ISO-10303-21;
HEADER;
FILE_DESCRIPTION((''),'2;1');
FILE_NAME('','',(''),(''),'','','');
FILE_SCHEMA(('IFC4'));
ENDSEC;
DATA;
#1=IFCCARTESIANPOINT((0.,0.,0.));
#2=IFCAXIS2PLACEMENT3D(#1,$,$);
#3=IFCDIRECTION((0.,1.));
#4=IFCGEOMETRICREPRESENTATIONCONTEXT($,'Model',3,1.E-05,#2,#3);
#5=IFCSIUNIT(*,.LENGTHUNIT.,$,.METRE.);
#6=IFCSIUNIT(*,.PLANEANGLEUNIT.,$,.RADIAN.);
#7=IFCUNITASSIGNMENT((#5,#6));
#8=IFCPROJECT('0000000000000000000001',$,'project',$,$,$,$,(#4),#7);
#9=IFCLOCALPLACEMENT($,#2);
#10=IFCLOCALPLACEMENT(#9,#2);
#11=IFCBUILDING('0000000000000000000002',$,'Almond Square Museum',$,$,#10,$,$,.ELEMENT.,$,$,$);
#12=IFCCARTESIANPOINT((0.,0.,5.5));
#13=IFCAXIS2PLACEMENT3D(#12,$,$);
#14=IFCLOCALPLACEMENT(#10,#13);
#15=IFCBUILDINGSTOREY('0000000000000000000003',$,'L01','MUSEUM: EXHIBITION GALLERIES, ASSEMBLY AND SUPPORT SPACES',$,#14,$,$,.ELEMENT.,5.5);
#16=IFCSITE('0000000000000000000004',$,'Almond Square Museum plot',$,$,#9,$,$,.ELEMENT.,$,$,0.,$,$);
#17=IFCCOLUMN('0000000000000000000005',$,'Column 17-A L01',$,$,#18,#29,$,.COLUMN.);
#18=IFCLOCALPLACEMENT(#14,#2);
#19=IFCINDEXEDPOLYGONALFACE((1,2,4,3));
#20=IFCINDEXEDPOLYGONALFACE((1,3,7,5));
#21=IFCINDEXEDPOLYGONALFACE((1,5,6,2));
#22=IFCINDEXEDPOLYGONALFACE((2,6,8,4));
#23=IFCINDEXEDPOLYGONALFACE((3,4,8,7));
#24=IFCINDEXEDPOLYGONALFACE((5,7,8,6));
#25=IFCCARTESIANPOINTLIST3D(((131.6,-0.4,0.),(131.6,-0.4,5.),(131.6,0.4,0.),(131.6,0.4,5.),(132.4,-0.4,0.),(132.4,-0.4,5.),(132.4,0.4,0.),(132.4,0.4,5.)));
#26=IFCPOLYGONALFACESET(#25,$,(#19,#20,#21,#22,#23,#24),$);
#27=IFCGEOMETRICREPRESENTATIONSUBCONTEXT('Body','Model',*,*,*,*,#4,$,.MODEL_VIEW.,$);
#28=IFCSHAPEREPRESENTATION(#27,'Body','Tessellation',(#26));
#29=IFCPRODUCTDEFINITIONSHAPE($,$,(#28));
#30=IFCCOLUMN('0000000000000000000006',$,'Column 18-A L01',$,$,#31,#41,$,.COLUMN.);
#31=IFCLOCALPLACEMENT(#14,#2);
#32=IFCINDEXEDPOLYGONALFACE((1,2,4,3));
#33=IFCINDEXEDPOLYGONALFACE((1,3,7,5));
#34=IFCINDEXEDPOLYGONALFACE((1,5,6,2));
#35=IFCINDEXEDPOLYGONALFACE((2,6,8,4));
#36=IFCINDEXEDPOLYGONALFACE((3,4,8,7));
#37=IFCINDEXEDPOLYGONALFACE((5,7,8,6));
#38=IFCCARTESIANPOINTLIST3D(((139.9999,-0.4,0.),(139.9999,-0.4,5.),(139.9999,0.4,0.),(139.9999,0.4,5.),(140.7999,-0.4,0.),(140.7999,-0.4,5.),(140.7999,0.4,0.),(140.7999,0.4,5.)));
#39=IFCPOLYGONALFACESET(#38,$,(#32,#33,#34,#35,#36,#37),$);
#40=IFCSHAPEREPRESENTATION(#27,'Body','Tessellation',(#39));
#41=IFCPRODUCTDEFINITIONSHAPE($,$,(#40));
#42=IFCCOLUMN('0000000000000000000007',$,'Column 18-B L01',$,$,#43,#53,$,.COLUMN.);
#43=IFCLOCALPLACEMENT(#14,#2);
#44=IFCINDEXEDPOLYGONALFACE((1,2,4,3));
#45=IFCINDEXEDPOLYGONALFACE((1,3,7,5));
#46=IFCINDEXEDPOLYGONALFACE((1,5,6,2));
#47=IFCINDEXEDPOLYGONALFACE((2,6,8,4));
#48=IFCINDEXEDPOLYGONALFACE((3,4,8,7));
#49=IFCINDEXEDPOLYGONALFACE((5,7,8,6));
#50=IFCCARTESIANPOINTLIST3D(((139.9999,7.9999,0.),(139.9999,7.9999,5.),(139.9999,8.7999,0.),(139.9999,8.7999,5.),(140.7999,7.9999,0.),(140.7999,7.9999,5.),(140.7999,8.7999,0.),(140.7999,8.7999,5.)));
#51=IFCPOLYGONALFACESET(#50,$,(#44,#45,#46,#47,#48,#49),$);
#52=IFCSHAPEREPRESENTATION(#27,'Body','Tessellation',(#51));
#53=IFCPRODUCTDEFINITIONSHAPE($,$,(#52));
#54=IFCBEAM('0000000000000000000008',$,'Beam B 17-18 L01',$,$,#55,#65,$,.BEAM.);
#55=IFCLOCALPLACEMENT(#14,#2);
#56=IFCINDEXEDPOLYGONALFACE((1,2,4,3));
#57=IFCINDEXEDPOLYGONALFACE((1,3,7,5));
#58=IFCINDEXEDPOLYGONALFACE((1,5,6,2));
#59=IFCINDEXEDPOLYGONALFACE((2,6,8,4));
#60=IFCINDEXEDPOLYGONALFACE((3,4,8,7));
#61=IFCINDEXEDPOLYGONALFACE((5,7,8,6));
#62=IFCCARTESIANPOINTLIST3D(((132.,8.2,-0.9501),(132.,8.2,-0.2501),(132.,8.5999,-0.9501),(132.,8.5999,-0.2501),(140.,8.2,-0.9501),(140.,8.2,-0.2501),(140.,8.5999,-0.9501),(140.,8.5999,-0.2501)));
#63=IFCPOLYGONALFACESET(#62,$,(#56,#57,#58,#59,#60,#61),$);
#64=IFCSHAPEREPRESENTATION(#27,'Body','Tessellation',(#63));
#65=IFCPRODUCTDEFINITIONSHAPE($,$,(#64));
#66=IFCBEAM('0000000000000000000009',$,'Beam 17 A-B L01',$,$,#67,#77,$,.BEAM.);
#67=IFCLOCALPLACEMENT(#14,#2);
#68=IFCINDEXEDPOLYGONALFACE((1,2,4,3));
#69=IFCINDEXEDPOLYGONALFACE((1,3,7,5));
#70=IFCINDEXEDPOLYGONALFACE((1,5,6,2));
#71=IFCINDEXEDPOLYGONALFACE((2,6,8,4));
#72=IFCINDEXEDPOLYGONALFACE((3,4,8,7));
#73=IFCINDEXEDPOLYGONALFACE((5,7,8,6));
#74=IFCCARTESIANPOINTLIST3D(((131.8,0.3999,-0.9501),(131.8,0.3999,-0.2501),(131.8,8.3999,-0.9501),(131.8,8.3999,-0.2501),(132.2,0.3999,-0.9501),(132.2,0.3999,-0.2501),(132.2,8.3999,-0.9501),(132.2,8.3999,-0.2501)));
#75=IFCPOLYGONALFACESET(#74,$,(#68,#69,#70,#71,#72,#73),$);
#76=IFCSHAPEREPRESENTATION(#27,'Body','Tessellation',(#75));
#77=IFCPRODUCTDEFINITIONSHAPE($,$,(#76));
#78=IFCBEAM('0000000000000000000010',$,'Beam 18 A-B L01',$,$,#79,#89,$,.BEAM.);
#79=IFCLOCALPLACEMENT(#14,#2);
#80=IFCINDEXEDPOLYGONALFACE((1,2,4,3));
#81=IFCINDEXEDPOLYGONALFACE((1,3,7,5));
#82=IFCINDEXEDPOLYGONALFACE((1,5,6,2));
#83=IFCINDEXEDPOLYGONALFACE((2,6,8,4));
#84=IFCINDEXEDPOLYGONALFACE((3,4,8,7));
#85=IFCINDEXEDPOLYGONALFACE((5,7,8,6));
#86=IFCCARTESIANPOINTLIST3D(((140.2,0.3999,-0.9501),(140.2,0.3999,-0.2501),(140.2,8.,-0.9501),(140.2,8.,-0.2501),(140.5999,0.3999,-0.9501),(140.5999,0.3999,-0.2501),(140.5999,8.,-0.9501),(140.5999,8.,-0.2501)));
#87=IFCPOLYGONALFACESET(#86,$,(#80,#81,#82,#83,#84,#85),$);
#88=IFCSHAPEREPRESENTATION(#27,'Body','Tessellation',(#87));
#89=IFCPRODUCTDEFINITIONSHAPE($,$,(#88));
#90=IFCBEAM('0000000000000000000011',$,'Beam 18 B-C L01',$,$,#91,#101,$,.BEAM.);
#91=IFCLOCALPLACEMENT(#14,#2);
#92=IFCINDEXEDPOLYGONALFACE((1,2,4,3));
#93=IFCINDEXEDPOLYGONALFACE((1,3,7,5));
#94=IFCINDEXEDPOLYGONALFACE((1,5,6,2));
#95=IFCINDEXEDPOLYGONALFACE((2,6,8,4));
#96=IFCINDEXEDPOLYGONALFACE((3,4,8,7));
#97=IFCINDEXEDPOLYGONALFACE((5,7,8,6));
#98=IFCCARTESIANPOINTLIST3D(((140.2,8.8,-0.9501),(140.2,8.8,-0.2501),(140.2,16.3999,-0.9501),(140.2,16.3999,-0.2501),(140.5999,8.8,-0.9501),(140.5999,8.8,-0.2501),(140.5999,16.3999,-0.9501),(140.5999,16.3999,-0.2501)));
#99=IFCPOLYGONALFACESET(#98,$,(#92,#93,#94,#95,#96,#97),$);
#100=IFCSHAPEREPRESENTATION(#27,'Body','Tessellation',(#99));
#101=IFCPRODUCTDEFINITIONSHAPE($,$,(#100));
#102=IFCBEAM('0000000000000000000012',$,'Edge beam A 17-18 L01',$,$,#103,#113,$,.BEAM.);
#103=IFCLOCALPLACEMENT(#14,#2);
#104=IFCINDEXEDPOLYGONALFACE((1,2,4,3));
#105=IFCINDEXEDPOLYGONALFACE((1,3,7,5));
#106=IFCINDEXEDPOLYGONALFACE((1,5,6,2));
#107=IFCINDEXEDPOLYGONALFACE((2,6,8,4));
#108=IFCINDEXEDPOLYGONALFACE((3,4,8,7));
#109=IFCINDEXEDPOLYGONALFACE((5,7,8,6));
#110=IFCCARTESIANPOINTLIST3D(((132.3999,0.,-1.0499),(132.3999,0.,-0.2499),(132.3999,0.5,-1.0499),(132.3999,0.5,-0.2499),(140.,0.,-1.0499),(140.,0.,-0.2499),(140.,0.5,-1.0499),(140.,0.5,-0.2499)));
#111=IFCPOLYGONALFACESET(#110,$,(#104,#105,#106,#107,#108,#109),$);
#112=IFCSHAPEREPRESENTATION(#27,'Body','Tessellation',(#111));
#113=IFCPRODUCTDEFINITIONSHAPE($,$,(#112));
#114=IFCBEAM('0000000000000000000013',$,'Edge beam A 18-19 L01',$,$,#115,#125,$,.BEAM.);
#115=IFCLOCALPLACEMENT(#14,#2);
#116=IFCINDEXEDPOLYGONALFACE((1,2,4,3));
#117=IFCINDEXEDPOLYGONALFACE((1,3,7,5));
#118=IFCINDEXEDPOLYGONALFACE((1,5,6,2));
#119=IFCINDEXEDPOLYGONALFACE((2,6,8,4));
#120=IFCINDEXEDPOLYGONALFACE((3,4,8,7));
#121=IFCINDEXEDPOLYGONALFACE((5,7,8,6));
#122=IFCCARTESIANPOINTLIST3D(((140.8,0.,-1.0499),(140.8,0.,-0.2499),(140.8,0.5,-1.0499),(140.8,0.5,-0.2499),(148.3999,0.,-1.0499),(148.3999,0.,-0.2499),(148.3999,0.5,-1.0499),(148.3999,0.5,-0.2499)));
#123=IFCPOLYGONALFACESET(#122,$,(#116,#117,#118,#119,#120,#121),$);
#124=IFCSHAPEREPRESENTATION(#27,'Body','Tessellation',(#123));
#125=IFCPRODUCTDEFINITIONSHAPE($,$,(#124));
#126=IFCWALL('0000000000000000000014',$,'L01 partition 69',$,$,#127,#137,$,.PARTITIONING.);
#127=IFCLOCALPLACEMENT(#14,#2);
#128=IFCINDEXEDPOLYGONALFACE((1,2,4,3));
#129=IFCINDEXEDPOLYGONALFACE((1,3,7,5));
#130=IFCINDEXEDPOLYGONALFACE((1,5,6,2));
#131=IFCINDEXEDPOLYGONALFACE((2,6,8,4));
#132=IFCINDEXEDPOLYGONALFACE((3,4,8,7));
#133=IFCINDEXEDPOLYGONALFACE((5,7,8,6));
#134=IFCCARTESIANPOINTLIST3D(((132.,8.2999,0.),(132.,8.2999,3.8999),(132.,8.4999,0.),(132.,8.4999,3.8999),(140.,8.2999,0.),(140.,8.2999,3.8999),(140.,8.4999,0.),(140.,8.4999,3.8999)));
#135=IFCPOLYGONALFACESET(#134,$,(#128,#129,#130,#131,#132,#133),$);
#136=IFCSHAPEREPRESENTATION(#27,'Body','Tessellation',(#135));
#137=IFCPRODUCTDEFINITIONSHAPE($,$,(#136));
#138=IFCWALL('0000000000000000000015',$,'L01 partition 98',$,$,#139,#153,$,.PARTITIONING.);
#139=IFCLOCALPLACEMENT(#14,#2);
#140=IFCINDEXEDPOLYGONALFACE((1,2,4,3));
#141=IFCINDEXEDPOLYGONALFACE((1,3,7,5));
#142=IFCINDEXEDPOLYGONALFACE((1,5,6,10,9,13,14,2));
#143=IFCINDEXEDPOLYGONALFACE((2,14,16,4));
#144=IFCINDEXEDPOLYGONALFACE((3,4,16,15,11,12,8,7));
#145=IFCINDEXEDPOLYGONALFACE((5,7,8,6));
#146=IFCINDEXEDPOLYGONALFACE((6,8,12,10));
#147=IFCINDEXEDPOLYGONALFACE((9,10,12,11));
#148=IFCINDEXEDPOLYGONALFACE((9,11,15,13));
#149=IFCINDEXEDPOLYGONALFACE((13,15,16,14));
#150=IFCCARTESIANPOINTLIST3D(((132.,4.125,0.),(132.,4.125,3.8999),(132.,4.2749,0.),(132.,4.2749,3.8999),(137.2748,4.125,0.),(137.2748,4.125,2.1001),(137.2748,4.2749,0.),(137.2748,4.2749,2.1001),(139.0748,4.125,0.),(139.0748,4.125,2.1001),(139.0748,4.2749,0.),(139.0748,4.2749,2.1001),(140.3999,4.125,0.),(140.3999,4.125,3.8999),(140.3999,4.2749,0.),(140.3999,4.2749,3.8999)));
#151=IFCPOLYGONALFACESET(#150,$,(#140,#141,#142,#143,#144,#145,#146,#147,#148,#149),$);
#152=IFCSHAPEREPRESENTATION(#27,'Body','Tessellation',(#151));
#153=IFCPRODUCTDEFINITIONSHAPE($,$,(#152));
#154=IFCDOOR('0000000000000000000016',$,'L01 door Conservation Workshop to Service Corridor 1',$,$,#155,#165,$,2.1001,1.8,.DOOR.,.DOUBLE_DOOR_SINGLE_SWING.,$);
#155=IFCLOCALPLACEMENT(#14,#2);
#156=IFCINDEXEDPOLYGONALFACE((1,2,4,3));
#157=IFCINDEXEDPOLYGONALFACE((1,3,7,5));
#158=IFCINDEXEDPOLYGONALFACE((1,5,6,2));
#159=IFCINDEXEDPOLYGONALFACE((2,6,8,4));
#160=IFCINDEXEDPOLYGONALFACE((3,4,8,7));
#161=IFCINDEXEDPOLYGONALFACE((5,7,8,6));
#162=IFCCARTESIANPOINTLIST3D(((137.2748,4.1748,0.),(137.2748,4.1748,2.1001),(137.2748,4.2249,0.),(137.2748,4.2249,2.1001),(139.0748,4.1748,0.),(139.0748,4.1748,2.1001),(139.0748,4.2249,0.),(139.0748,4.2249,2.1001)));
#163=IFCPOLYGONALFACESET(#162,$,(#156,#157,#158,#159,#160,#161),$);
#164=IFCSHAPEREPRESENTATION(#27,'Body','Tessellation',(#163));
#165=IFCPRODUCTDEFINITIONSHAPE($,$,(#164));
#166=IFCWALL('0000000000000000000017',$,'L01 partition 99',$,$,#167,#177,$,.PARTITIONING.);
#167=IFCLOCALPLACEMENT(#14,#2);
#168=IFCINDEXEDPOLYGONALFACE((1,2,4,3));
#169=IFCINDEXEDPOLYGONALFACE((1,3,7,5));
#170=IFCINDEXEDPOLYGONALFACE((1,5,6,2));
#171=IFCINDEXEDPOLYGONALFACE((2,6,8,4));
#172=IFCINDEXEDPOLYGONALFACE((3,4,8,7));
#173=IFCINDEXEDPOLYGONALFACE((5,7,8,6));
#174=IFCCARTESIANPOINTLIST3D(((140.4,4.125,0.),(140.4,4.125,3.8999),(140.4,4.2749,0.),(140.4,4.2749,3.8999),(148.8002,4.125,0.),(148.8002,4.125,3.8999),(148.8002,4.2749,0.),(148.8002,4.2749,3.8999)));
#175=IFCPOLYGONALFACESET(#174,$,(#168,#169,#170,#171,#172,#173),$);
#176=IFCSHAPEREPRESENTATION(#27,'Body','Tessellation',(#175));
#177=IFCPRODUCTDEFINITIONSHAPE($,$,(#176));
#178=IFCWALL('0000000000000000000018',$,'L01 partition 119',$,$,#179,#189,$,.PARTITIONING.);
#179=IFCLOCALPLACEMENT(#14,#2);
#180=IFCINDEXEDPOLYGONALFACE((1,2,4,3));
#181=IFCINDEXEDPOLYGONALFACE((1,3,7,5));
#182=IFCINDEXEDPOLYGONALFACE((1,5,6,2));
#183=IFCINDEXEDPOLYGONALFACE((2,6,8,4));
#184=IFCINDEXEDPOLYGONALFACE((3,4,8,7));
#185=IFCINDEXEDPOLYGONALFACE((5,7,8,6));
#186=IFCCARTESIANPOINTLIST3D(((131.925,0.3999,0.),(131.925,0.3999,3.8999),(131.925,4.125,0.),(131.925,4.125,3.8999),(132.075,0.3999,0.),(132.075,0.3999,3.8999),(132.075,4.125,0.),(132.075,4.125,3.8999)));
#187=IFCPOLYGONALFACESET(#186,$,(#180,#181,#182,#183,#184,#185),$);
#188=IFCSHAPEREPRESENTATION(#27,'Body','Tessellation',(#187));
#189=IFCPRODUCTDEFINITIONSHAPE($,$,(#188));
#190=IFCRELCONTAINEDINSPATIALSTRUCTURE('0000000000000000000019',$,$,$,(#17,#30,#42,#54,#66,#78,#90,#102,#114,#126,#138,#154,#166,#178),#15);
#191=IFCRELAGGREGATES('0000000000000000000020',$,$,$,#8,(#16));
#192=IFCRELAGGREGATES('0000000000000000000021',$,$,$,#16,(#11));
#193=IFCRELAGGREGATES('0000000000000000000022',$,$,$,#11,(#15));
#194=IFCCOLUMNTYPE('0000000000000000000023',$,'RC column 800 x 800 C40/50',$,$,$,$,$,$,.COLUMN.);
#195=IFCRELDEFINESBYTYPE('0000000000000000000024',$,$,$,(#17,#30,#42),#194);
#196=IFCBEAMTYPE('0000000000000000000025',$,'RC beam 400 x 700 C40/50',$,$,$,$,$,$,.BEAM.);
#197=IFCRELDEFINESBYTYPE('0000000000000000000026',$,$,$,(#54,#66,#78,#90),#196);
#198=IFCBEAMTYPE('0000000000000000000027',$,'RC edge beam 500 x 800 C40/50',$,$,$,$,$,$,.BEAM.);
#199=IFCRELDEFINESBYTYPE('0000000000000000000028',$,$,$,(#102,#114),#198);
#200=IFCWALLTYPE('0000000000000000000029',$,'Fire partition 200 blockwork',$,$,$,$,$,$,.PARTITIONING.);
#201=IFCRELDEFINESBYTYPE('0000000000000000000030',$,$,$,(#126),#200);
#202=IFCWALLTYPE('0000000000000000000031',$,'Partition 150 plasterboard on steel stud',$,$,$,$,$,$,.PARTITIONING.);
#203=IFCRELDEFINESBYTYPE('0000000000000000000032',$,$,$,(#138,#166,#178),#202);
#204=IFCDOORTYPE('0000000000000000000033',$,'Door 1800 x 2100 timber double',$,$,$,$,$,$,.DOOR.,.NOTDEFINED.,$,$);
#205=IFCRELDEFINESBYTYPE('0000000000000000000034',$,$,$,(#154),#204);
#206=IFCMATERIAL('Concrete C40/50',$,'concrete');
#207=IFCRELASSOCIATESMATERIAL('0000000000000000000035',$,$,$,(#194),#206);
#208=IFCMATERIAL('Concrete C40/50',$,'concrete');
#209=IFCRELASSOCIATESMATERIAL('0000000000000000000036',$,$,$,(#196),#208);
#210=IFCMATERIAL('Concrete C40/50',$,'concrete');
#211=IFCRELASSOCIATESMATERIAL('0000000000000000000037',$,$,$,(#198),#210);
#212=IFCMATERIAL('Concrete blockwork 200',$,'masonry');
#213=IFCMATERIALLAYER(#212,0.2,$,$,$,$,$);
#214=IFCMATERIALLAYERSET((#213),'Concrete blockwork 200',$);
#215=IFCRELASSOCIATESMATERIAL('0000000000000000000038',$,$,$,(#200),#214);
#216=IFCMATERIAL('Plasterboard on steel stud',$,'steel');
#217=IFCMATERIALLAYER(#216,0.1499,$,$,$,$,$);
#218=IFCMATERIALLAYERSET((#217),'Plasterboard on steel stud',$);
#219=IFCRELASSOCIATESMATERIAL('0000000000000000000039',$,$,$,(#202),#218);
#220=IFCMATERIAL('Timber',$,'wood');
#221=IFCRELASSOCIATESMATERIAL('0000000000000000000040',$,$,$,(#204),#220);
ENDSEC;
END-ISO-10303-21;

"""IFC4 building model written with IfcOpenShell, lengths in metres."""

from ifc_helpers import new_model, si_unit, direction, frame, frame_2d, origin, origin_2d, place, context, subcontext, project, spatial, rectangle, extrude, material, layer, layer_set, material_profile, profile_set, type_object, element, fill, save


model = new_model("IFC4")

# Units and contexts
model_context = context("Model", 3, precision=1e-05, world=origin(), true_north=direction((0.0, 1.0)))
body_context = subcontext(model_context, "Body", "Model", "MODEL_VIEW")
ifc_project = project(units=[si_unit("LENGTHUNIT", "METRE"), si_unit("PLANEANGLEUNIT", "RADIAN")], contexts=[model_context])

# Site, building, storey
site_placement = place(None, origin())
site = spatial("IfcSite", under=ifc_project, at=site_placement, Name="Almond Square Museum plot", CompositionType="ELEMENT", RefElevation=0.0)
building_placement = place(site_placement, origin())
building = spatial("IfcBuilding", under=site, at=building_placement, Name="Almond Square Museum", CompositionType="ELEMENT")
storey_placement = place(building_placement, frame((0.0, 0.0, 5.5)))
storey = spatial("IfcBuildingStorey", under=building, at=storey_placement, Name="L01", Description="MUSEUM: EXHIBITION GALLERIES, ASSEMBLY AND SUPPORT SPACES", CompositionType="ELEMENT", Elevation=5.5)

# Columns
ifc_material_1 = material(Name="Concrete C40/50", Category="concrete")
ifc_material_profile_1 = material_profile(ifc_material_1, rectangle(XDim=0.8, YDim=0.8, at=origin_2d()))
ifc_profile_set_1 = profile_set([ifc_material_profile_1], Name="Concrete C40/50")
column_type = type_object("IfcColumnType", Name="RC column 800 x 800 C40/50", PredefinedType="COLUMN", material=ifc_profile_set_1)
for number, where, z_axis, x_axis, name in (
    (1, (132.0, 0.0, 0.0), (0.0, 0.0, 1.0), (1.0, 0.0, 0.0), "Column 17-A L01"),
    (2, (140.3999, 0.0, 0.0), (0.0, 0.0, 1.0), (1.0, 0.0, 0.0), "Column 18-A L01"),
    (3, (140.3999, 8.3999, 0.0), (0.0, 0.0, 1.0), (1.0, 0.0, 0.0), "Column 18-B L01"),
):
    element("IfcColumn", number, at=place(storey_placement, frame(where, z_axis=z_axis, x_axis=x_axis)), inside=storey, type_object=column_type, Name=name, PredefinedType="COLUMN", context=body_context, shape_type="SweptSolid", body=[
        extrude(rectangle(XDim=0.8, YDim=0.8, at=origin_2d()), origin(), (0.0, 0.0, 1.0), 5.0),
    ])

# Beams
ifc_material_2 = material(Name="Concrete C40/50", Category="concrete")
ifc_material_profile_2 = material_profile(ifc_material_2, rectangle(XDim=0.3999, YDim=0.7, at=origin_2d()))
ifc_profile_set_2 = profile_set([ifc_material_profile_2], Name="Concrete C40/50")
beam_type_1 = type_object("IfcBeamType", Name="RC beam 400 x 700 C40/50", PredefinedType="BEAM", material=ifc_profile_set_2)
for number, where, z_axis, x_axis, name in (
    (4, (132.0, 8.3999, -0.6001), (1.0, 0.0, 0.0), (0.0, 1.0, 0.0), "Beam B 17-18 L01"),
    (5, (132.0, 0.3999, -0.6001), (0.0, 1.0, 0.0), (-1.0, 0.0, 0.0), "Beam 17 A-B L01"),
):
    element("IfcBeam", number, at=place(storey_placement, frame(where, z_axis=z_axis, x_axis=x_axis)), inside=storey, type_object=beam_type_1, Name=name, PredefinedType="BEAM", context=body_context, shape_type="SweptSolid", body=[
        extrude(rectangle(XDim=0.3999, YDim=0.7, at=origin_2d()), origin(), (0.0, 0.0, 1.0), 8.0),
    ])
beam_1_placement = place(storey_placement, frame((140.3999, 0.3999, -0.6001), z_axis=(0.0, 1.0, 0.0), x_axis=(-1.0, 0.0, 0.0)))
element("IfcBeam", 6, at=beam_1_placement, inside=storey, type_object=beam_type_1, Name="Beam 18 A-B L01", PredefinedType="BEAM", context=body_context, shape_type="SweptSolid", body=[
    extrude(rectangle(XDim=0.3999, YDim=0.7, at=origin_2d()), origin(), (0.0, 0.0, 1.0), 7.6001),
])
beam_2_placement = place(storey_placement, frame((140.3999, 8.8, -0.6001), z_axis=(0.0, 1.0, 0.0), x_axis=(-1.0, 0.0, 0.0)))
element("IfcBeam", 7, at=beam_2_placement, inside=storey, type_object=beam_type_1, Name="Beam 18 B-C L01", PredefinedType="BEAM", context=body_context, shape_type="SweptSolid", body=[
    extrude(rectangle(XDim=0.3999, YDim=0.7, at=origin_2d()), origin(), (0.0, 0.0, 1.0), 7.5999),
])
ifc_material_3 = material(Name="Concrete C40/50", Category="concrete")
ifc_material_profile_3 = material_profile(ifc_material_3, rectangle(XDim=0.5, YDim=0.8, at=origin_2d()))
ifc_profile_set_3 = profile_set([ifc_material_profile_3], Name="Concrete C40/50")
beam_type_2 = type_object("IfcBeamType", Name="RC edge beam 500 x 800 C40/50", PredefinedType="BEAM", material=ifc_profile_set_3)
beam_3_placement = place(storey_placement, frame((132.3999, 0.25, -0.6499), z_axis=(1.0, 0.0, 0.0), x_axis=(0.0, 1.0, 0.0)))
element("IfcBeam", 8, at=beam_3_placement, inside=storey, type_object=beam_type_2, Name="Edge beam A 17-18 L01", PredefinedType="BEAM", context=body_context, shape_type="SweptSolid", body=[
    extrude(rectangle(XDim=0.5, YDim=0.8, at=origin_2d()), origin(), (0.0, 0.0, 1.0), 7.6001),
])
beam_4_placement = place(storey_placement, frame((140.8, 0.25, -0.6499), z_axis=(1.0, 0.0, 0.0), x_axis=(0.0, 1.0, 0.0)))
element("IfcBeam", 9, at=beam_4_placement, inside=storey, type_object=beam_type_2, Name="Edge beam A 18-19 L01", PredefinedType="BEAM", context=body_context, shape_type="SweptSolid", body=[
    extrude(rectangle(XDim=0.5, YDim=0.8, at=origin_2d()), origin(), (0.0, 0.0, 1.0), 7.5999),
])

# Wall
ifc_material_4 = material(Name="Concrete blockwork 200", Category="masonry")
ifc_layer_1 = layer(ifc_material_4, 0.2)
ifc_layer_set_1 = layer_set([ifc_layer_1], Name="Concrete blockwork 200")
wall_type_1 = type_object("IfcWallType", Name="Fire partition 200 blockwork", PredefinedType="PARTITIONING", material=ifc_layer_set_1)
wall_1_placement = place(storey_placement, frame((132.0, 8.3999, 0.0), z_axis=(0.0, 0.0, 1.0), x_axis=(1.0, 0.0, 0.0)))
element("IfcWall", 10, at=wall_1_placement, inside=storey, type_object=wall_type_1, Name="L01 partition 69", PredefinedType="PARTITIONING", context=body_context, shape_type="SweptSolid", body=[
    extrude(rectangle(XDim=8.0, YDim=0.2, at=frame_2d((4.0, 0.0))), origin(), (0.0, 0.0, 1.0), 3.8999),
])

# Wall, opening, door
ifc_material_5 = material(Name="Plasterboard on steel stud", Category="steel")
ifc_layer_2 = layer(ifc_material_5, 0.1499)
ifc_layer_set_2 = layer_set([ifc_layer_2], Name="Plasterboard on steel stud")
wall_type_2 = type_object("IfcWallType", Name="Partition 150 plasterboard on steel stud", PredefinedType="PARTITIONING", material=ifc_layer_set_2)
wall_2_placement = place(storey_placement, frame((132.0, 4.2, 0.0), z_axis=(0.0, 0.0, 1.0), x_axis=(1.0, 0.0, 0.0)))
wall_2 = element("IfcWall", 11, at=wall_2_placement, inside=storey, type_object=wall_type_2, Name="L01 partition 98", PredefinedType="PARTITIONING", context=body_context, shape_type="SweptSolid", body=[
    extrude(rectangle(XDim=8.3999, YDim=0.1499, at=frame_2d((4.2, 0.0))), origin(), (0.0, 0.0, 1.0), 3.8999),
])
opening_placement = place(wall_2_placement, frame((5.2749, 0.0, 0.0)))
opening = element("IfcOpeningElement", 12, at=opening_placement, cuts=wall_2, PredefinedType="OPENING", context=body_context, shape_type="SweptSolid", body=[
    extrude(rectangle(XDim=1.8, YDim=2.1001, at=frame_2d((0.8999, 1.05))), frame((0.0, 0.085, 0.0), z_axis=(0.0, -1.0, 0.0), x_axis=(1.0, 0.0, 0.0)), (0.0, 0.0, 1.0), 0.1699),
])
ifc_material_6 = material(Name="Timber", Category="wood")
door_type = type_object("IfcDoorType", Name="Door 1800 x 2100 timber double", OperationType="NOTDEFINED", PredefinedType="DOOR", material=ifc_material_6)
door_placement = place(opening_placement, origin())
door = element("IfcDoor", 13, at=door_placement, inside=storey, type_object=door_type, Name="L01 door Conservation Workshop to Service Corridor 1", OperationType="DOUBLE_DOOR_SINGLE_SWING", OverallHeight=2.1001, OverallWidth=1.8, PredefinedType="DOOR", context=body_context, shape_type="SweptSolid", body=[
    extrude(rectangle(XDim=1.8, YDim=2.1001, at=frame_2d((0.8999, 1.05))), frame((0.0, 0.0249, 0.0), z_axis=(0.0, -1.0, 0.0), x_axis=(1.0, 0.0, 0.0)), (0.0, 0.0, 1.0), 0.05),
])
fill(opening, door)

# Walls
wall_3_placement = place(storey_placement, frame((140.3999, 4.2, 0.0), z_axis=(0.0, 0.0, 1.0), x_axis=(1.0, 0.0, 0.0)))
element("IfcWall", 14, at=wall_3_placement, inside=storey, type_object=wall_type_2, Name="L01 partition 99", PredefinedType="PARTITIONING", context=body_context, shape_type="SweptSolid", body=[
    extrude(rectangle(XDim=8.4001, YDim=0.1499, at=frame_2d((4.2002, 0.0))), origin(), (0.0, 0.0, 1.0), 3.8999),
])
wall_4_placement = place(storey_placement, frame((132.0, 0.3999, 0.0), z_axis=(0.0, 0.0, 1.0), x_axis=(0.0, 1.0, 0.0)))
element("IfcWall", 15, at=wall_4_placement, inside=storey, type_object=wall_type_2, Name="L01 partition 119", PredefinedType="PARTITIONING", context=body_context, shape_type="SweptSolid", body=[
    extrude(rectangle(XDim=3.7251, YDim=0.1499, at=frame_2d((1.8625, 0.0))), origin(), (0.0, 0.0, 1.0), 3.8999),
])

save(model, "model.ifc")
